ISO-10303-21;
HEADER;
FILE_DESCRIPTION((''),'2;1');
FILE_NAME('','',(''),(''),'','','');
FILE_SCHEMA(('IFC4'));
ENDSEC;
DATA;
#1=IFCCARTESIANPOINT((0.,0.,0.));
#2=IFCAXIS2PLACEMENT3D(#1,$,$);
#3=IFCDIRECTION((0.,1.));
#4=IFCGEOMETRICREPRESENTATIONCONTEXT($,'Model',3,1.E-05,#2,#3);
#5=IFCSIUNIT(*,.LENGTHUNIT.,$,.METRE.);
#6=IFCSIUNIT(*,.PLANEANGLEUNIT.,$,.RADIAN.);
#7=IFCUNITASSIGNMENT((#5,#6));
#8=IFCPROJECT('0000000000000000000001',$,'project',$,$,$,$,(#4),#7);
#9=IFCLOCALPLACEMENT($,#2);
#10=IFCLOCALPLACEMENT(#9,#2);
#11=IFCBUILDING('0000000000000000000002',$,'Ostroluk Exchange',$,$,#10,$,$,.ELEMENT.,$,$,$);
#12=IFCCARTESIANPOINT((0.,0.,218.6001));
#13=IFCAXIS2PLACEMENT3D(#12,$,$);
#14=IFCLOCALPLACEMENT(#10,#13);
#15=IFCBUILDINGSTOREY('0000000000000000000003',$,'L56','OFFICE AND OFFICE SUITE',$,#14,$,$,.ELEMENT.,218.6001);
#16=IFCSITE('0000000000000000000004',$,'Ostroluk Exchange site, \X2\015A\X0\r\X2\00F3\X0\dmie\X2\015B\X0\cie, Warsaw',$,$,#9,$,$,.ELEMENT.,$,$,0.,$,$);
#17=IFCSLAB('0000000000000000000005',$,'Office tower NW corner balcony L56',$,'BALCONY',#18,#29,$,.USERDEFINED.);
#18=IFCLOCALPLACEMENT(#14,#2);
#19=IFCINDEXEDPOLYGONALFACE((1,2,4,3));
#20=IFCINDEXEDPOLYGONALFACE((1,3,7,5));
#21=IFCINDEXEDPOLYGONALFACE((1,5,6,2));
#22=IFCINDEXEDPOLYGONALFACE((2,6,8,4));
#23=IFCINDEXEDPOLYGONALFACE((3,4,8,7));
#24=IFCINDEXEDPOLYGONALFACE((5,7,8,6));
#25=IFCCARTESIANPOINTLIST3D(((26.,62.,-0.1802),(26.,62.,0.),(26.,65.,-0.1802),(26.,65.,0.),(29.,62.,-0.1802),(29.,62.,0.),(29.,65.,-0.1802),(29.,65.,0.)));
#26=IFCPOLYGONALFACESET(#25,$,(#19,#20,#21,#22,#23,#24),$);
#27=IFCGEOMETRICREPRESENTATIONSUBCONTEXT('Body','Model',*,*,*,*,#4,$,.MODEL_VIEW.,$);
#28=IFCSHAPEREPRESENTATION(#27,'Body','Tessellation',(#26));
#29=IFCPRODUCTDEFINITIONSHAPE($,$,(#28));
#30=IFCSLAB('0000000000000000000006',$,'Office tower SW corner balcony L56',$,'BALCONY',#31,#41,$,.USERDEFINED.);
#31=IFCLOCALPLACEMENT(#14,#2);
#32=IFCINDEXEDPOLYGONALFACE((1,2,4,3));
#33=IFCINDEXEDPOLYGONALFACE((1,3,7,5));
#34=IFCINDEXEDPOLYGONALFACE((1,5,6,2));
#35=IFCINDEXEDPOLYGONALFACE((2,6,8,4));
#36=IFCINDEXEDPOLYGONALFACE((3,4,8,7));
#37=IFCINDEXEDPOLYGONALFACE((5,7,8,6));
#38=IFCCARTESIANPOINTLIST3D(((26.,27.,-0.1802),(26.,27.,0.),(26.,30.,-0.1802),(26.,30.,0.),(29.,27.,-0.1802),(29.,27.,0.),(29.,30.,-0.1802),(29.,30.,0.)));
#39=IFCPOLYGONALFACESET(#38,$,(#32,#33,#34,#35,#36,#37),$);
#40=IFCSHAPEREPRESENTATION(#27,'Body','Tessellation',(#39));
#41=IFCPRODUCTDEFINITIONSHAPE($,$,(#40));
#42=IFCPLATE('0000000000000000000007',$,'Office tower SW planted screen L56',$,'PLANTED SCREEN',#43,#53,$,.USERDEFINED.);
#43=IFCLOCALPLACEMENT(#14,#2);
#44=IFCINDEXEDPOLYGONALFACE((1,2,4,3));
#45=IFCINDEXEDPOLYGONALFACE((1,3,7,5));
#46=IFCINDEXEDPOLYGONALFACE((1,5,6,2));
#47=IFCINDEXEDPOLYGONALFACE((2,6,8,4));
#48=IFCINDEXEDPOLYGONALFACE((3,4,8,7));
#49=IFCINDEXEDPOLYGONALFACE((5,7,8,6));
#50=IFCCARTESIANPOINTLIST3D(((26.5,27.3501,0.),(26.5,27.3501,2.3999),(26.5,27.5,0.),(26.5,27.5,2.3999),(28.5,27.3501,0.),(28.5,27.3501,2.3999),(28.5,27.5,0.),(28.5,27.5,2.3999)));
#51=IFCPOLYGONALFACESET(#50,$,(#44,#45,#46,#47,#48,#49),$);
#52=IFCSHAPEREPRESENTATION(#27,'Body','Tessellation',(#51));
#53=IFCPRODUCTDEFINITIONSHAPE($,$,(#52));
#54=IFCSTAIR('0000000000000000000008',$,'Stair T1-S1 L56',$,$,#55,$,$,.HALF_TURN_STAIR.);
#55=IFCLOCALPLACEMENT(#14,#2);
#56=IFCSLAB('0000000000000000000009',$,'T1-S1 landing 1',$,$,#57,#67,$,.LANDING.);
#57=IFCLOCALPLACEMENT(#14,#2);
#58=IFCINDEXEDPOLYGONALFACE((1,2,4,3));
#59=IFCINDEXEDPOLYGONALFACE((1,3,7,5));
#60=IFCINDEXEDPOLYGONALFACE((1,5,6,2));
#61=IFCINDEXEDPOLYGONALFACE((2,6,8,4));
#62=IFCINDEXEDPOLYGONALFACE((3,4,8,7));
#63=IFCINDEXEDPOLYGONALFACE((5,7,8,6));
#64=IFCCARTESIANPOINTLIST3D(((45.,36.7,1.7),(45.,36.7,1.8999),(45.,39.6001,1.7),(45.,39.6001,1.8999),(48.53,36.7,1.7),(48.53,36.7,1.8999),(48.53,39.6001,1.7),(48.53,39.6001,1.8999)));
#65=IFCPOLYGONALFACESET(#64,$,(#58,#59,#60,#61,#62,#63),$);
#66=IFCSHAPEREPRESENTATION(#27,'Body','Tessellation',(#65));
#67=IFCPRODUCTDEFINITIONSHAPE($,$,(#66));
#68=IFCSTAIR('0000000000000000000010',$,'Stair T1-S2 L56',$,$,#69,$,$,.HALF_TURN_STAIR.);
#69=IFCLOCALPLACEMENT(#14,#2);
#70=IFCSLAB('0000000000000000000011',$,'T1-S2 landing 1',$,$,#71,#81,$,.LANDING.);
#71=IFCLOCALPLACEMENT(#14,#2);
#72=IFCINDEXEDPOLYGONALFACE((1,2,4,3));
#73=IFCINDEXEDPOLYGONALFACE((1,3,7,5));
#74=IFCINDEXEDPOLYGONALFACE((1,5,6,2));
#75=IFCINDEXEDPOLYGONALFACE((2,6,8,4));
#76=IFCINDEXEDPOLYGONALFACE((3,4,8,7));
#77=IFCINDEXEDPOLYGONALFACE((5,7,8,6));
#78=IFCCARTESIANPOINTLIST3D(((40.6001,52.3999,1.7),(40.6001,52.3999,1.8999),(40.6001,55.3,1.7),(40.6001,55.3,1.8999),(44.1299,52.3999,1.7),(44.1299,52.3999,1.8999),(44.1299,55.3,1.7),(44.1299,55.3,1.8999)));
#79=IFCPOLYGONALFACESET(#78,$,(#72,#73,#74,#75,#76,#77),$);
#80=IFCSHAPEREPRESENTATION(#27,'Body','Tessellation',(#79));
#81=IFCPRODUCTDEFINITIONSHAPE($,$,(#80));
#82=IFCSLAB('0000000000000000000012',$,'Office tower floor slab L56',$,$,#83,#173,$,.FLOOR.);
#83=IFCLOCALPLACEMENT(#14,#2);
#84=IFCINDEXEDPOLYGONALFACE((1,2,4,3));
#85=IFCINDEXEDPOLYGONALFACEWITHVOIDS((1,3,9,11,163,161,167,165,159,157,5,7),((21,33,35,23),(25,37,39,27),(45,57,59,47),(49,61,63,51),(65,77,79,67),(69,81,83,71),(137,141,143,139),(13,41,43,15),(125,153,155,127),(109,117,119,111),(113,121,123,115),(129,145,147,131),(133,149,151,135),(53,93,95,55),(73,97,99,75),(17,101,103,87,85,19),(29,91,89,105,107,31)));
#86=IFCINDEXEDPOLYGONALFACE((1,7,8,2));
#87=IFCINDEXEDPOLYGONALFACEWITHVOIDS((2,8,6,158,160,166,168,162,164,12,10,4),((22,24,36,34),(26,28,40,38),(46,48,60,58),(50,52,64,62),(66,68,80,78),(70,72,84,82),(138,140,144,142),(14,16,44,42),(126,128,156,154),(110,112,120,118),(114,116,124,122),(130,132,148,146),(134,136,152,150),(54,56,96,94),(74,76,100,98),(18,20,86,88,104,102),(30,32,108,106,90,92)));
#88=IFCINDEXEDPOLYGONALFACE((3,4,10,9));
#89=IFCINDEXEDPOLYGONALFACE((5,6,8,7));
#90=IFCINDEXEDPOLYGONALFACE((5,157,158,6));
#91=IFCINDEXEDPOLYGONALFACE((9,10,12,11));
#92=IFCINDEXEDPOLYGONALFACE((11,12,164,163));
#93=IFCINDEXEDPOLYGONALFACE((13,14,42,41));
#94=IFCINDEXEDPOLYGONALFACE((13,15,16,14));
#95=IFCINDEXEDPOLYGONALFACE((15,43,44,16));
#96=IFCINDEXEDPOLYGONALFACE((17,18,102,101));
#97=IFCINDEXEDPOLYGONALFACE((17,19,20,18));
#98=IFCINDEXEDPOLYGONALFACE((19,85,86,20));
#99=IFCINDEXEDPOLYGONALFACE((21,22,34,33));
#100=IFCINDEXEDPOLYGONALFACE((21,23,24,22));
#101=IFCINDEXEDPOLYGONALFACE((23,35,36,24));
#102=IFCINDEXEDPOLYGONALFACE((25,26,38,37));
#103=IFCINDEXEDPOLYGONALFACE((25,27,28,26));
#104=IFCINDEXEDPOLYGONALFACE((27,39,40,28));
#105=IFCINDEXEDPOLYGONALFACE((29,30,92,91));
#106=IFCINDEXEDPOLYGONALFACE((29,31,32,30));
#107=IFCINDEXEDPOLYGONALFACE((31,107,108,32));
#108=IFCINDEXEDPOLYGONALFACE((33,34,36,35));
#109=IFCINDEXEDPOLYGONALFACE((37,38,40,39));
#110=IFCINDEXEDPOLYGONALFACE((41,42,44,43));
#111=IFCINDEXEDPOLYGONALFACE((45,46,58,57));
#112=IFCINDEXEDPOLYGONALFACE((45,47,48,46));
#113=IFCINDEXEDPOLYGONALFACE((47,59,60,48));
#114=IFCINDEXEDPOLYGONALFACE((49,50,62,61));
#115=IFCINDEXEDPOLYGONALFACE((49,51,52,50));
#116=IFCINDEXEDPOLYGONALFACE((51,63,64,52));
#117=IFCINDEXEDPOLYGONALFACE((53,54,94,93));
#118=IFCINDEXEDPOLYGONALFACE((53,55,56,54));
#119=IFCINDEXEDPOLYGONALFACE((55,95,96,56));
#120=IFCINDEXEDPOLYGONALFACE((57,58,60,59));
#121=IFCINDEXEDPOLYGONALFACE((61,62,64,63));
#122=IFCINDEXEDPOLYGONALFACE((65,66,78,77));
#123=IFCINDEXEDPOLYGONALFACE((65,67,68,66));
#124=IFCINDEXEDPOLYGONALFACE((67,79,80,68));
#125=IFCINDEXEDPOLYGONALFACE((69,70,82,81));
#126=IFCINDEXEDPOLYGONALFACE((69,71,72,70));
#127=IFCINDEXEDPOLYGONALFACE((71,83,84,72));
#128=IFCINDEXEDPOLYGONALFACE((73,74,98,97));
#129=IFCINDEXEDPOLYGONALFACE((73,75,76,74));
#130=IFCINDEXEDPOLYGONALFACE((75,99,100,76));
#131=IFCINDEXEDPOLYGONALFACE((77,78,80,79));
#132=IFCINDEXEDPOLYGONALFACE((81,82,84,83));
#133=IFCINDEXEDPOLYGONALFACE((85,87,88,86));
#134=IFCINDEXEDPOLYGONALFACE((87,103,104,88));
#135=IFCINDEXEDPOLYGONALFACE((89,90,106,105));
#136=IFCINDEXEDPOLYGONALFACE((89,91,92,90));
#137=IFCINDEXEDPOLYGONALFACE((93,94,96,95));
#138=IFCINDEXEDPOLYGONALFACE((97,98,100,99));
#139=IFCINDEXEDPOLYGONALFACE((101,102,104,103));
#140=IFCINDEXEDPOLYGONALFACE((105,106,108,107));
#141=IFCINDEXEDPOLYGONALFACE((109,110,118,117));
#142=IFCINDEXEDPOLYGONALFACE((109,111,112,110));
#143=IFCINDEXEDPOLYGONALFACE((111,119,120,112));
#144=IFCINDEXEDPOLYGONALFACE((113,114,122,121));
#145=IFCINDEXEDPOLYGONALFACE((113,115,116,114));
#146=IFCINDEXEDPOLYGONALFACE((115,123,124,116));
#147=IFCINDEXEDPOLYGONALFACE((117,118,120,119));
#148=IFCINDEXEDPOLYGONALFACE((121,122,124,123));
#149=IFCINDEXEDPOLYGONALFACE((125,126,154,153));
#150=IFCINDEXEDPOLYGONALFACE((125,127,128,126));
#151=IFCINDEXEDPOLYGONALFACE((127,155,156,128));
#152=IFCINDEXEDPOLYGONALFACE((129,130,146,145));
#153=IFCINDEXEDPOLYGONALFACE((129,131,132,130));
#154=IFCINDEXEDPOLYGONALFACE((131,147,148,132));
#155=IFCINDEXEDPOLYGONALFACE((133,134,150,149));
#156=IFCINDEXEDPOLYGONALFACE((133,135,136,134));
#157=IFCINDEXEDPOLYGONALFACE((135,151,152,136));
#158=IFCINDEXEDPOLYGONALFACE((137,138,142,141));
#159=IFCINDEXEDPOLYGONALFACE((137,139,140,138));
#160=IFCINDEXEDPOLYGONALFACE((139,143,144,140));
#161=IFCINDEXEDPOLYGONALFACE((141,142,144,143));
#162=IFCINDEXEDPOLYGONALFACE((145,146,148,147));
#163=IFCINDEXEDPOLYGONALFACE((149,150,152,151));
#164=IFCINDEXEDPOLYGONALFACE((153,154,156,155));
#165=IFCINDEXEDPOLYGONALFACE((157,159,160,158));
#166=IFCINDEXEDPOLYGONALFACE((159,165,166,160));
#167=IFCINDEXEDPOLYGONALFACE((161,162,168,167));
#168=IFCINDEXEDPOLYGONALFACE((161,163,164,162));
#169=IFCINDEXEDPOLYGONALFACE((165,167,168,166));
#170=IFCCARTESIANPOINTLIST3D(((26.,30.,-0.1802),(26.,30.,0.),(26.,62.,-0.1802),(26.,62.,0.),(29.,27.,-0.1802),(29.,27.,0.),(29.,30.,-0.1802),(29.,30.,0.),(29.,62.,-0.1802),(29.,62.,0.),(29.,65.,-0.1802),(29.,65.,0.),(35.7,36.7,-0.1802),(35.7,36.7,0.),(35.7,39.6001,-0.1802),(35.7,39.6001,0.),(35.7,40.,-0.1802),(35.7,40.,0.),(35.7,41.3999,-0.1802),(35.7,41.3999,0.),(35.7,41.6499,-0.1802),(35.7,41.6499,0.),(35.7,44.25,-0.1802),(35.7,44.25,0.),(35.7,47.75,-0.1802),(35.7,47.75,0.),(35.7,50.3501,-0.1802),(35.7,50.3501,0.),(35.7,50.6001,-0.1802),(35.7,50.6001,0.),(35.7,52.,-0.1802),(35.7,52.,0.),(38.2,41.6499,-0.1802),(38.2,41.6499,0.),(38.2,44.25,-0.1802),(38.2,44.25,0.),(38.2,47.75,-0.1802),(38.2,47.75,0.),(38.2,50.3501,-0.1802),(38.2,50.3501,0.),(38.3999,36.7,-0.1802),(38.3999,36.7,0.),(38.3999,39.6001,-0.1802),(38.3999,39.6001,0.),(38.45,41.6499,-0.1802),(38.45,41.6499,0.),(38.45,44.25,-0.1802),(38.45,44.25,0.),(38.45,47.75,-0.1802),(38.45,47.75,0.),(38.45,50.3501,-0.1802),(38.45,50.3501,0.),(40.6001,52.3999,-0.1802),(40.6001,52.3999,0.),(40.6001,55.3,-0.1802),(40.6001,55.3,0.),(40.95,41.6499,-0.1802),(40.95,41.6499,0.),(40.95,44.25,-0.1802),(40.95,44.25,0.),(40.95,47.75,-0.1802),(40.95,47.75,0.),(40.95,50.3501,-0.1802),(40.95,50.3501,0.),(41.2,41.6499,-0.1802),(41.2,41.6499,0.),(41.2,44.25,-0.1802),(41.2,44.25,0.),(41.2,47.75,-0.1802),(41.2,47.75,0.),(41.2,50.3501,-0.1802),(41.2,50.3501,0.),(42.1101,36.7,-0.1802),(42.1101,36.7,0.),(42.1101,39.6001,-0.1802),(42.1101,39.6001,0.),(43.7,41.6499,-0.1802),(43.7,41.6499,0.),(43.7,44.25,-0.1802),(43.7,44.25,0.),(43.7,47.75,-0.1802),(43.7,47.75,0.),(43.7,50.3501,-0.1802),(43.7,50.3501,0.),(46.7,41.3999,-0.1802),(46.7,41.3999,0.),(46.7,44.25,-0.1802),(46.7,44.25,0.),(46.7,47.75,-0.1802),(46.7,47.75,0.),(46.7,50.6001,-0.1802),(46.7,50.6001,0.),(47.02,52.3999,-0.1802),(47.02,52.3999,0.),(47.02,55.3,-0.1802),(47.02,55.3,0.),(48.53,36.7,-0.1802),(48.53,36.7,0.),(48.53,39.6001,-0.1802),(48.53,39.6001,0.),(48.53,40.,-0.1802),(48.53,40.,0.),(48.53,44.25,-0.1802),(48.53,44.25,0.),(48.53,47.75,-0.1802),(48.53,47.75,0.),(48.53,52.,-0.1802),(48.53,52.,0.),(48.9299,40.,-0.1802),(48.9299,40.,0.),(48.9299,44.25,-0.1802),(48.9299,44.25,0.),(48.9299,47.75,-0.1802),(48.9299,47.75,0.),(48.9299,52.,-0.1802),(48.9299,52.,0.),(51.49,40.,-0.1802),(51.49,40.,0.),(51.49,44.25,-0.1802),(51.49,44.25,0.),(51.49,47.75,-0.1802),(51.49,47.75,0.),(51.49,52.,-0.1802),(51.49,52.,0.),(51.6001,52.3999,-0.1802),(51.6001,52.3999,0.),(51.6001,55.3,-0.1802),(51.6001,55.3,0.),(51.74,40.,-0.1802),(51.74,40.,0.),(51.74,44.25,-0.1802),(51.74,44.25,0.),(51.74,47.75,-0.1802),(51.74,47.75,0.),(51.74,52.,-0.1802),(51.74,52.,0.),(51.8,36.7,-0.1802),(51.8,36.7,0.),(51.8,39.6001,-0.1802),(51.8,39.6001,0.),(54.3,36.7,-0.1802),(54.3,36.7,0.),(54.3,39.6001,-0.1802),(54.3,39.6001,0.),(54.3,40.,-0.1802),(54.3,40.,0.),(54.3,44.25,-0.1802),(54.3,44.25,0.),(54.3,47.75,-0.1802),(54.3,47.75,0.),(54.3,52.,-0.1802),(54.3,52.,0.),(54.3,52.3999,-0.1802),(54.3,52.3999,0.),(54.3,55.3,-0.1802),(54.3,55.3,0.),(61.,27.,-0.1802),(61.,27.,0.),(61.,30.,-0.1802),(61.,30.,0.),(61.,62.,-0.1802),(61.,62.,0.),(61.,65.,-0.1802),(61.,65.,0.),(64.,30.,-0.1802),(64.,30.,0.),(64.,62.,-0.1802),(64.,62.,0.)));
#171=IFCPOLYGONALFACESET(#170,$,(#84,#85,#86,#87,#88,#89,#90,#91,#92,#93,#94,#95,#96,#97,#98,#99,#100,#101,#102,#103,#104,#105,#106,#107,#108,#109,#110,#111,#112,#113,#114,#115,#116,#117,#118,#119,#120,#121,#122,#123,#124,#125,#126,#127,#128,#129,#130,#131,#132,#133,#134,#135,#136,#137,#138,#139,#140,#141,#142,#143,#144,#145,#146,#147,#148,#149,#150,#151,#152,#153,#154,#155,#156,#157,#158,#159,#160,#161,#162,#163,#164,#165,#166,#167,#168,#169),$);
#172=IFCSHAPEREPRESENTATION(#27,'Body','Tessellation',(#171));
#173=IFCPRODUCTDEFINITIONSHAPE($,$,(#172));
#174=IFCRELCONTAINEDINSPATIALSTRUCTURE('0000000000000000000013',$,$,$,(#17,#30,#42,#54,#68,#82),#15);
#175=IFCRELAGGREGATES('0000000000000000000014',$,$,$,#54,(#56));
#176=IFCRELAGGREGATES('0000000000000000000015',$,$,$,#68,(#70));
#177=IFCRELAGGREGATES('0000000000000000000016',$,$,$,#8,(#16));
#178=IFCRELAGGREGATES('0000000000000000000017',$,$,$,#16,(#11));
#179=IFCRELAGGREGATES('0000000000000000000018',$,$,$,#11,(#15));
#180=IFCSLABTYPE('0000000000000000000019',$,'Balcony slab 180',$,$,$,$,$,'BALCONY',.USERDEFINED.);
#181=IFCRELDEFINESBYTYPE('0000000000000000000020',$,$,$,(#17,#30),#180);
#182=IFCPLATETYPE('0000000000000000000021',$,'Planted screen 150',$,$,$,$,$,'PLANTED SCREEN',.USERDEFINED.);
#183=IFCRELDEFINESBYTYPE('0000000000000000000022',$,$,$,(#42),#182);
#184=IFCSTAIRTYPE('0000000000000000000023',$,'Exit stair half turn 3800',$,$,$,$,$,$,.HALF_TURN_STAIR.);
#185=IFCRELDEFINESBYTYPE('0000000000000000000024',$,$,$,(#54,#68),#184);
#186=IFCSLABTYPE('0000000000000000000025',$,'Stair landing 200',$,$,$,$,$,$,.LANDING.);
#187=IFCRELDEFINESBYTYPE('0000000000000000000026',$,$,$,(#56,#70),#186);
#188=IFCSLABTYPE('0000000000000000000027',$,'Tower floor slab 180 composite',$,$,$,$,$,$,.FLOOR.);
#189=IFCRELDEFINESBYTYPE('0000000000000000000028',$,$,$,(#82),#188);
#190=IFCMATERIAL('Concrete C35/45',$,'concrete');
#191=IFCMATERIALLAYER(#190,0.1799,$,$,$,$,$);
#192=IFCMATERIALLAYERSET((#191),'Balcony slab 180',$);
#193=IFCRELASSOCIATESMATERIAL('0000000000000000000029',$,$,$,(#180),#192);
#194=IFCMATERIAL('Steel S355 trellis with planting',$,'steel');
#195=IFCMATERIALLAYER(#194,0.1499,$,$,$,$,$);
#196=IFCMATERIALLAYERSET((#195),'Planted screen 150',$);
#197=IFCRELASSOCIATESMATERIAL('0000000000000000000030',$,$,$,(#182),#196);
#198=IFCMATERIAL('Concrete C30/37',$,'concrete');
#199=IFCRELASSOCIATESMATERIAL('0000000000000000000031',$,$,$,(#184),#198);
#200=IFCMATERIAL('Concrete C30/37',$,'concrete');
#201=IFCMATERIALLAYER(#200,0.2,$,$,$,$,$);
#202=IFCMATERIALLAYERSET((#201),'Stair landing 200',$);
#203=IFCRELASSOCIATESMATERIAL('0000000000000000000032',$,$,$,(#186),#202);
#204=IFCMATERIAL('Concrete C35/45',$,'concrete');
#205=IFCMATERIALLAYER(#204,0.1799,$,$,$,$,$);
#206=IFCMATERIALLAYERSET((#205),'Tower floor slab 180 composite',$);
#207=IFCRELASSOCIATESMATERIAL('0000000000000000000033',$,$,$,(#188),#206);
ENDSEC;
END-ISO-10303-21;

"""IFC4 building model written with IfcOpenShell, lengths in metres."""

from ifc_helpers import new_model, si_unit, direction, frame, origin, origin_2d, place, context, subcontext, project, spatial, polyline, rectangle, outline, extrude, material, layer, layer_set, type_object, element, aggregate, save


model = new_model("IFC4")

# Units and contexts
model_context = context("Model", 3, precision=1e-05, world=origin(), true_north=direction((0.0, 1.0)))
body_context = subcontext(model_context, "Body", "Model", "MODEL_VIEW")
ifc_project = project(units=[si_unit("LENGTHUNIT", "METRE"), si_unit("PLANEANGLEUNIT", "RADIAN")], contexts=[model_context])

# Site, building, storey
site_placement = place(None, origin())
site = spatial("IfcSite", under=ifc_project, at=site_placement, Name="Ostroluk Exchange site, Śródmieście, Warsaw", CompositionType="ELEMENT", RefElevation=0.0)
building_placement = place(site_placement, origin())
building = spatial("IfcBuilding", under=site, at=building_placement, Name="Ostroluk Exchange", CompositionType="ELEMENT")
storey_placement = place(building_placement, frame((0.0, 0.0, 218.6001)))
storey = spatial("IfcBuildingStorey", under=building, at=storey_placement, Name="L56", Description="OFFICE AND OFFICE SUITE", CompositionType="ELEMENT", Elevation=218.6001)

# Slabs
ifc_material_1 = material(Name="Concrete C35/45", Category="concrete")
ifc_layer_1 = layer(ifc_material_1, 0.1799)
ifc_layer_set_1 = layer_set([ifc_layer_1], Name="Balcony slab 180")
slab_type_1 = type_object("IfcSlabType", Name="Balcony slab 180", ElementType="BALCONY", PredefinedType="USERDEFINED", material=ifc_layer_set_1)
slab_1_placement = place(storey_placement, frame((0.0, 0.0, -0.1802)))
element("IfcSlab", 1, at=slab_1_placement, inside=storey, type_object=slab_type_1, Name="Office tower NW corner balcony L56", ObjectType="BALCONY", PredefinedType="USERDEFINED", context=body_context, shape_type="SweptSolid", body=[
    extrude(outline(polyline([(26.0, 62.0), (29.0, 62.0), (29.0, 65.0), (26.0, 65.0), (26.0, 62.0)])), origin(), (0.0, 0.0, 1.0), 0.1802),
])
slab_2_placement = place(storey_placement, frame((0.0, 0.0, -0.1802)))
element("IfcSlab", 2, at=slab_2_placement, inside=storey, type_object=slab_type_1, Name="Office tower SW corner balcony L56", ObjectType="BALCONY", PredefinedType="USERDEFINED", context=body_context, shape_type="SweptSolid", body=[
    extrude(outline(polyline([(26.0, 27.0), (29.0, 27.0), (29.0, 30.0), (26.0, 30.0), (26.0, 27.0)])), origin(), (0.0, 0.0, 1.0), 0.1802),
])

# Plate
ifc_material_2 = material(Name="Steel S355 trellis with planting", Category="steel")
ifc_layer_2 = layer(ifc_material_2, 0.1499)
ifc_layer_set_2 = layer_set([ifc_layer_2], Name="Planted screen 150")
plate_type_1 = type_object("IfcPlateType", Name="Planted screen 150", ElementType="PLANTED SCREEN", PredefinedType="USERDEFINED", material=ifc_layer_set_2)
plate_1_placement = place(storey_placement, frame((27.5, 27.425, 0.0), z_axis=(0.0, 0.0, 1.0), x_axis=(1.0, 0.0, 0.0)))
element("IfcPlate", 3, at=plate_1_placement, inside=storey, type_object=plate_type_1, Name="Office tower SW planted screen L56", ObjectType="PLANTED SCREEN", PredefinedType="USERDEFINED", context=body_context, shape_type="SweptSolid", body=[
    extrude(rectangle(XDim=2.0, YDim=0.1499, at=origin_2d()), origin(), (0.0, 0.0, 1.0), 2.3999),
])

# Stairs, slabs
ifc_material_3 = material(Name="Concrete C30/37", Category="concrete")
stair_type = type_object("IfcStairType", Name="Exit stair half turn 3800", PredefinedType="HALF_TURN_STAIR", material=ifc_material_3)
stair_1_placement = place(storey_placement, origin())
stair_1 = element("IfcStair", 4, at=stair_1_placement, inside=storey, type_object=stair_type, Name="Stair T1-S1 L56", PredefinedType="HALF_TURN_STAIR")
ifc_material_4 = material(Name="Concrete C30/37", Category="concrete")
ifc_layer_3 = layer(ifc_material_4, 0.2)
ifc_layer_set_3 = layer_set([ifc_layer_3], Name="Stair landing 200")
slab_type_2 = type_object("IfcSlabType", Name="Stair landing 200", PredefinedType="LANDING", material=ifc_layer_set_3)
slab_3_placement = place(storey_placement, frame((0.0, 0.0, 1.7)))
slab_3 = element("IfcSlab", 5, at=slab_3_placement, type_object=slab_type_2, Name="T1-S1 landing 1", PredefinedType="LANDING", context=body_context, shape_type="SweptSolid", body=[
    extrude(outline(polyline([(45.0, 36.7), (45.0, 39.6001), (48.53, 39.6001), (48.53, 36.7), (45.0, 36.7)])), origin(), (0.0, 0.0, 1.0), 0.2),
])
aggregate(stair_1, [slab_3])
stair_2_placement = place(storey_placement, origin())
stair_2 = element("IfcStair", 6, at=stair_2_placement, inside=storey, type_object=stair_type, Name="Stair T1-S2 L56", PredefinedType="HALF_TURN_STAIR")
slab_4_placement = place(storey_placement, frame((0.0, 0.0, 1.7)))
slab_4 = element("IfcSlab", 7, at=slab_4_placement, type_object=slab_type_2, Name="T1-S2 landing 1", PredefinedType="LANDING", context=body_context, shape_type="SweptSolid", body=[
    extrude(outline(polyline([(44.1299, 52.3999), (44.1299, 55.3), (40.6001, 55.3), (40.6001, 52.3999), (44.1299, 52.3999)])), origin(), (0.0, 0.0, 1.0), 0.2),
])
aggregate(stair_2, [slab_4])

# Slab
ifc_material_5 = material(Name="Concrete C35/45", Category="concrete")
ifc_layer_4 = layer(ifc_material_5, 0.1799)
ifc_layer_set_4 = layer_set([ifc_layer_4], Name="Tower floor slab 180 composite")
slab_type_3 = type_object("IfcSlabType", Name="Tower floor slab 180 composite", PredefinedType="FLOOR", material=ifc_layer_set_4)
slab_5_placement = place(storey_placement, frame((0.0, 0.0, -0.1802)))
element("IfcSlab", 8, at=slab_5_placement, inside=storey, type_object=slab_type_3, Name="Office tower floor slab L56", PredefinedType="FLOOR", context=body_context, shape_type="SweptSolid", body=[
    extrude(outline(polyline([(29.0, 27.0), (61.0, 27.0), (61.0, 30.0), (64.0, 30.0), (64.0, 62.0), (61.0, 62.0), (61.0, 65.0), (29.0, 65.0), (29.0, 62.0), (26.0, 62.0), (26.0, 30.0), (29.0, 30.0), (29.0, 27.0)]), holes=[polyline([(35.7, 36.7), (38.3999, 36.7), (38.3999, 39.6001), (35.7, 39.6001), (35.7, 36.7)]), polyline([(42.1101, 36.7), (48.53, 36.7), (48.53, 39.6001), (42.1101, 39.6001), (42.1101, 36.7)]), polyline([(51.8, 36.7), (54.3, 36.7), (54.3, 39.6001), (51.8, 39.6001), (51.8, 36.7)]), polyline([(40.6001, 52.3999), (47.02, 52.3999), (47.02, 55.3), (40.6001, 55.3), (40.6001, 52.3999)]), polyline([(51.6001, 52.3999), (54.3, 52.3999), (54.3, 55.3), (51.6001, 55.3), (51.6001, 52.3999)]), polyline([(35.7, 47.75), (38.2, 47.75), (38.2, 50.3501), (35.7, 50.3501), (35.7, 47.75)]), polyline([(38.45, 47.75), (40.95, 47.75), (40.95, 50.3501), (38.45, 50.3501), (38.45, 47.75)]), polyline([(41.2, 47.75), (43.7, 47.75), (43.7, 50.3501), (41.2, 50.3501), (41.2, 47.75)]), polyline([(35.7, 41.6499), (38.2, 41.6499), (38.2, 44.25), (35.7, 44.25), (35.7, 41.6499)]), polyline([(38.45, 41.6499), (40.95, 41.6499), (40.95, 44.25), (38.45, 44.25), (38.45, 41.6499)]), polyline([(41.2, 41.6499), (43.7, 41.6499), (43.7, 44.25), (41.2, 44.25), (41.2, 41.6499)]), polyline([(48.9299, 47.75), (51.49, 47.75), (51.49, 52.0), (48.9299, 52.0), (48.9299, 47.75)]), polyline([(51.74, 47.75), (54.3, 47.75), (54.3, 52.0), (51.74, 52.0), (51.74, 47.75)]), polyline([(48.9299, 40.0), (51.49, 40.0), (51.49, 44.25), (48.9299, 44.25), (48.9299, 40.0)]), polyline([(51.74, 40.0), (54.3, 40.0), (54.3, 44.25), (51.74, 44.25), (51.74, 40.0)]), polyline([(48.53, 52.0), (48.53, 47.75), (46.7, 47.75), (46.7, 50.6001), (35.7, 50.6001), (35.7, 52.0), (48.53, 52.0)]), polyline([(35.7, 40.0), (35.7, 41.3999), (46.7, 41.3999), (46.7, 44.25), (48.53, 44.25), (48.53, 40.0), (35.7, 40.0)])]), origin(), (0.0, 0.0, 1.0), 0.1802),
])

save(model, "model.ifc")
